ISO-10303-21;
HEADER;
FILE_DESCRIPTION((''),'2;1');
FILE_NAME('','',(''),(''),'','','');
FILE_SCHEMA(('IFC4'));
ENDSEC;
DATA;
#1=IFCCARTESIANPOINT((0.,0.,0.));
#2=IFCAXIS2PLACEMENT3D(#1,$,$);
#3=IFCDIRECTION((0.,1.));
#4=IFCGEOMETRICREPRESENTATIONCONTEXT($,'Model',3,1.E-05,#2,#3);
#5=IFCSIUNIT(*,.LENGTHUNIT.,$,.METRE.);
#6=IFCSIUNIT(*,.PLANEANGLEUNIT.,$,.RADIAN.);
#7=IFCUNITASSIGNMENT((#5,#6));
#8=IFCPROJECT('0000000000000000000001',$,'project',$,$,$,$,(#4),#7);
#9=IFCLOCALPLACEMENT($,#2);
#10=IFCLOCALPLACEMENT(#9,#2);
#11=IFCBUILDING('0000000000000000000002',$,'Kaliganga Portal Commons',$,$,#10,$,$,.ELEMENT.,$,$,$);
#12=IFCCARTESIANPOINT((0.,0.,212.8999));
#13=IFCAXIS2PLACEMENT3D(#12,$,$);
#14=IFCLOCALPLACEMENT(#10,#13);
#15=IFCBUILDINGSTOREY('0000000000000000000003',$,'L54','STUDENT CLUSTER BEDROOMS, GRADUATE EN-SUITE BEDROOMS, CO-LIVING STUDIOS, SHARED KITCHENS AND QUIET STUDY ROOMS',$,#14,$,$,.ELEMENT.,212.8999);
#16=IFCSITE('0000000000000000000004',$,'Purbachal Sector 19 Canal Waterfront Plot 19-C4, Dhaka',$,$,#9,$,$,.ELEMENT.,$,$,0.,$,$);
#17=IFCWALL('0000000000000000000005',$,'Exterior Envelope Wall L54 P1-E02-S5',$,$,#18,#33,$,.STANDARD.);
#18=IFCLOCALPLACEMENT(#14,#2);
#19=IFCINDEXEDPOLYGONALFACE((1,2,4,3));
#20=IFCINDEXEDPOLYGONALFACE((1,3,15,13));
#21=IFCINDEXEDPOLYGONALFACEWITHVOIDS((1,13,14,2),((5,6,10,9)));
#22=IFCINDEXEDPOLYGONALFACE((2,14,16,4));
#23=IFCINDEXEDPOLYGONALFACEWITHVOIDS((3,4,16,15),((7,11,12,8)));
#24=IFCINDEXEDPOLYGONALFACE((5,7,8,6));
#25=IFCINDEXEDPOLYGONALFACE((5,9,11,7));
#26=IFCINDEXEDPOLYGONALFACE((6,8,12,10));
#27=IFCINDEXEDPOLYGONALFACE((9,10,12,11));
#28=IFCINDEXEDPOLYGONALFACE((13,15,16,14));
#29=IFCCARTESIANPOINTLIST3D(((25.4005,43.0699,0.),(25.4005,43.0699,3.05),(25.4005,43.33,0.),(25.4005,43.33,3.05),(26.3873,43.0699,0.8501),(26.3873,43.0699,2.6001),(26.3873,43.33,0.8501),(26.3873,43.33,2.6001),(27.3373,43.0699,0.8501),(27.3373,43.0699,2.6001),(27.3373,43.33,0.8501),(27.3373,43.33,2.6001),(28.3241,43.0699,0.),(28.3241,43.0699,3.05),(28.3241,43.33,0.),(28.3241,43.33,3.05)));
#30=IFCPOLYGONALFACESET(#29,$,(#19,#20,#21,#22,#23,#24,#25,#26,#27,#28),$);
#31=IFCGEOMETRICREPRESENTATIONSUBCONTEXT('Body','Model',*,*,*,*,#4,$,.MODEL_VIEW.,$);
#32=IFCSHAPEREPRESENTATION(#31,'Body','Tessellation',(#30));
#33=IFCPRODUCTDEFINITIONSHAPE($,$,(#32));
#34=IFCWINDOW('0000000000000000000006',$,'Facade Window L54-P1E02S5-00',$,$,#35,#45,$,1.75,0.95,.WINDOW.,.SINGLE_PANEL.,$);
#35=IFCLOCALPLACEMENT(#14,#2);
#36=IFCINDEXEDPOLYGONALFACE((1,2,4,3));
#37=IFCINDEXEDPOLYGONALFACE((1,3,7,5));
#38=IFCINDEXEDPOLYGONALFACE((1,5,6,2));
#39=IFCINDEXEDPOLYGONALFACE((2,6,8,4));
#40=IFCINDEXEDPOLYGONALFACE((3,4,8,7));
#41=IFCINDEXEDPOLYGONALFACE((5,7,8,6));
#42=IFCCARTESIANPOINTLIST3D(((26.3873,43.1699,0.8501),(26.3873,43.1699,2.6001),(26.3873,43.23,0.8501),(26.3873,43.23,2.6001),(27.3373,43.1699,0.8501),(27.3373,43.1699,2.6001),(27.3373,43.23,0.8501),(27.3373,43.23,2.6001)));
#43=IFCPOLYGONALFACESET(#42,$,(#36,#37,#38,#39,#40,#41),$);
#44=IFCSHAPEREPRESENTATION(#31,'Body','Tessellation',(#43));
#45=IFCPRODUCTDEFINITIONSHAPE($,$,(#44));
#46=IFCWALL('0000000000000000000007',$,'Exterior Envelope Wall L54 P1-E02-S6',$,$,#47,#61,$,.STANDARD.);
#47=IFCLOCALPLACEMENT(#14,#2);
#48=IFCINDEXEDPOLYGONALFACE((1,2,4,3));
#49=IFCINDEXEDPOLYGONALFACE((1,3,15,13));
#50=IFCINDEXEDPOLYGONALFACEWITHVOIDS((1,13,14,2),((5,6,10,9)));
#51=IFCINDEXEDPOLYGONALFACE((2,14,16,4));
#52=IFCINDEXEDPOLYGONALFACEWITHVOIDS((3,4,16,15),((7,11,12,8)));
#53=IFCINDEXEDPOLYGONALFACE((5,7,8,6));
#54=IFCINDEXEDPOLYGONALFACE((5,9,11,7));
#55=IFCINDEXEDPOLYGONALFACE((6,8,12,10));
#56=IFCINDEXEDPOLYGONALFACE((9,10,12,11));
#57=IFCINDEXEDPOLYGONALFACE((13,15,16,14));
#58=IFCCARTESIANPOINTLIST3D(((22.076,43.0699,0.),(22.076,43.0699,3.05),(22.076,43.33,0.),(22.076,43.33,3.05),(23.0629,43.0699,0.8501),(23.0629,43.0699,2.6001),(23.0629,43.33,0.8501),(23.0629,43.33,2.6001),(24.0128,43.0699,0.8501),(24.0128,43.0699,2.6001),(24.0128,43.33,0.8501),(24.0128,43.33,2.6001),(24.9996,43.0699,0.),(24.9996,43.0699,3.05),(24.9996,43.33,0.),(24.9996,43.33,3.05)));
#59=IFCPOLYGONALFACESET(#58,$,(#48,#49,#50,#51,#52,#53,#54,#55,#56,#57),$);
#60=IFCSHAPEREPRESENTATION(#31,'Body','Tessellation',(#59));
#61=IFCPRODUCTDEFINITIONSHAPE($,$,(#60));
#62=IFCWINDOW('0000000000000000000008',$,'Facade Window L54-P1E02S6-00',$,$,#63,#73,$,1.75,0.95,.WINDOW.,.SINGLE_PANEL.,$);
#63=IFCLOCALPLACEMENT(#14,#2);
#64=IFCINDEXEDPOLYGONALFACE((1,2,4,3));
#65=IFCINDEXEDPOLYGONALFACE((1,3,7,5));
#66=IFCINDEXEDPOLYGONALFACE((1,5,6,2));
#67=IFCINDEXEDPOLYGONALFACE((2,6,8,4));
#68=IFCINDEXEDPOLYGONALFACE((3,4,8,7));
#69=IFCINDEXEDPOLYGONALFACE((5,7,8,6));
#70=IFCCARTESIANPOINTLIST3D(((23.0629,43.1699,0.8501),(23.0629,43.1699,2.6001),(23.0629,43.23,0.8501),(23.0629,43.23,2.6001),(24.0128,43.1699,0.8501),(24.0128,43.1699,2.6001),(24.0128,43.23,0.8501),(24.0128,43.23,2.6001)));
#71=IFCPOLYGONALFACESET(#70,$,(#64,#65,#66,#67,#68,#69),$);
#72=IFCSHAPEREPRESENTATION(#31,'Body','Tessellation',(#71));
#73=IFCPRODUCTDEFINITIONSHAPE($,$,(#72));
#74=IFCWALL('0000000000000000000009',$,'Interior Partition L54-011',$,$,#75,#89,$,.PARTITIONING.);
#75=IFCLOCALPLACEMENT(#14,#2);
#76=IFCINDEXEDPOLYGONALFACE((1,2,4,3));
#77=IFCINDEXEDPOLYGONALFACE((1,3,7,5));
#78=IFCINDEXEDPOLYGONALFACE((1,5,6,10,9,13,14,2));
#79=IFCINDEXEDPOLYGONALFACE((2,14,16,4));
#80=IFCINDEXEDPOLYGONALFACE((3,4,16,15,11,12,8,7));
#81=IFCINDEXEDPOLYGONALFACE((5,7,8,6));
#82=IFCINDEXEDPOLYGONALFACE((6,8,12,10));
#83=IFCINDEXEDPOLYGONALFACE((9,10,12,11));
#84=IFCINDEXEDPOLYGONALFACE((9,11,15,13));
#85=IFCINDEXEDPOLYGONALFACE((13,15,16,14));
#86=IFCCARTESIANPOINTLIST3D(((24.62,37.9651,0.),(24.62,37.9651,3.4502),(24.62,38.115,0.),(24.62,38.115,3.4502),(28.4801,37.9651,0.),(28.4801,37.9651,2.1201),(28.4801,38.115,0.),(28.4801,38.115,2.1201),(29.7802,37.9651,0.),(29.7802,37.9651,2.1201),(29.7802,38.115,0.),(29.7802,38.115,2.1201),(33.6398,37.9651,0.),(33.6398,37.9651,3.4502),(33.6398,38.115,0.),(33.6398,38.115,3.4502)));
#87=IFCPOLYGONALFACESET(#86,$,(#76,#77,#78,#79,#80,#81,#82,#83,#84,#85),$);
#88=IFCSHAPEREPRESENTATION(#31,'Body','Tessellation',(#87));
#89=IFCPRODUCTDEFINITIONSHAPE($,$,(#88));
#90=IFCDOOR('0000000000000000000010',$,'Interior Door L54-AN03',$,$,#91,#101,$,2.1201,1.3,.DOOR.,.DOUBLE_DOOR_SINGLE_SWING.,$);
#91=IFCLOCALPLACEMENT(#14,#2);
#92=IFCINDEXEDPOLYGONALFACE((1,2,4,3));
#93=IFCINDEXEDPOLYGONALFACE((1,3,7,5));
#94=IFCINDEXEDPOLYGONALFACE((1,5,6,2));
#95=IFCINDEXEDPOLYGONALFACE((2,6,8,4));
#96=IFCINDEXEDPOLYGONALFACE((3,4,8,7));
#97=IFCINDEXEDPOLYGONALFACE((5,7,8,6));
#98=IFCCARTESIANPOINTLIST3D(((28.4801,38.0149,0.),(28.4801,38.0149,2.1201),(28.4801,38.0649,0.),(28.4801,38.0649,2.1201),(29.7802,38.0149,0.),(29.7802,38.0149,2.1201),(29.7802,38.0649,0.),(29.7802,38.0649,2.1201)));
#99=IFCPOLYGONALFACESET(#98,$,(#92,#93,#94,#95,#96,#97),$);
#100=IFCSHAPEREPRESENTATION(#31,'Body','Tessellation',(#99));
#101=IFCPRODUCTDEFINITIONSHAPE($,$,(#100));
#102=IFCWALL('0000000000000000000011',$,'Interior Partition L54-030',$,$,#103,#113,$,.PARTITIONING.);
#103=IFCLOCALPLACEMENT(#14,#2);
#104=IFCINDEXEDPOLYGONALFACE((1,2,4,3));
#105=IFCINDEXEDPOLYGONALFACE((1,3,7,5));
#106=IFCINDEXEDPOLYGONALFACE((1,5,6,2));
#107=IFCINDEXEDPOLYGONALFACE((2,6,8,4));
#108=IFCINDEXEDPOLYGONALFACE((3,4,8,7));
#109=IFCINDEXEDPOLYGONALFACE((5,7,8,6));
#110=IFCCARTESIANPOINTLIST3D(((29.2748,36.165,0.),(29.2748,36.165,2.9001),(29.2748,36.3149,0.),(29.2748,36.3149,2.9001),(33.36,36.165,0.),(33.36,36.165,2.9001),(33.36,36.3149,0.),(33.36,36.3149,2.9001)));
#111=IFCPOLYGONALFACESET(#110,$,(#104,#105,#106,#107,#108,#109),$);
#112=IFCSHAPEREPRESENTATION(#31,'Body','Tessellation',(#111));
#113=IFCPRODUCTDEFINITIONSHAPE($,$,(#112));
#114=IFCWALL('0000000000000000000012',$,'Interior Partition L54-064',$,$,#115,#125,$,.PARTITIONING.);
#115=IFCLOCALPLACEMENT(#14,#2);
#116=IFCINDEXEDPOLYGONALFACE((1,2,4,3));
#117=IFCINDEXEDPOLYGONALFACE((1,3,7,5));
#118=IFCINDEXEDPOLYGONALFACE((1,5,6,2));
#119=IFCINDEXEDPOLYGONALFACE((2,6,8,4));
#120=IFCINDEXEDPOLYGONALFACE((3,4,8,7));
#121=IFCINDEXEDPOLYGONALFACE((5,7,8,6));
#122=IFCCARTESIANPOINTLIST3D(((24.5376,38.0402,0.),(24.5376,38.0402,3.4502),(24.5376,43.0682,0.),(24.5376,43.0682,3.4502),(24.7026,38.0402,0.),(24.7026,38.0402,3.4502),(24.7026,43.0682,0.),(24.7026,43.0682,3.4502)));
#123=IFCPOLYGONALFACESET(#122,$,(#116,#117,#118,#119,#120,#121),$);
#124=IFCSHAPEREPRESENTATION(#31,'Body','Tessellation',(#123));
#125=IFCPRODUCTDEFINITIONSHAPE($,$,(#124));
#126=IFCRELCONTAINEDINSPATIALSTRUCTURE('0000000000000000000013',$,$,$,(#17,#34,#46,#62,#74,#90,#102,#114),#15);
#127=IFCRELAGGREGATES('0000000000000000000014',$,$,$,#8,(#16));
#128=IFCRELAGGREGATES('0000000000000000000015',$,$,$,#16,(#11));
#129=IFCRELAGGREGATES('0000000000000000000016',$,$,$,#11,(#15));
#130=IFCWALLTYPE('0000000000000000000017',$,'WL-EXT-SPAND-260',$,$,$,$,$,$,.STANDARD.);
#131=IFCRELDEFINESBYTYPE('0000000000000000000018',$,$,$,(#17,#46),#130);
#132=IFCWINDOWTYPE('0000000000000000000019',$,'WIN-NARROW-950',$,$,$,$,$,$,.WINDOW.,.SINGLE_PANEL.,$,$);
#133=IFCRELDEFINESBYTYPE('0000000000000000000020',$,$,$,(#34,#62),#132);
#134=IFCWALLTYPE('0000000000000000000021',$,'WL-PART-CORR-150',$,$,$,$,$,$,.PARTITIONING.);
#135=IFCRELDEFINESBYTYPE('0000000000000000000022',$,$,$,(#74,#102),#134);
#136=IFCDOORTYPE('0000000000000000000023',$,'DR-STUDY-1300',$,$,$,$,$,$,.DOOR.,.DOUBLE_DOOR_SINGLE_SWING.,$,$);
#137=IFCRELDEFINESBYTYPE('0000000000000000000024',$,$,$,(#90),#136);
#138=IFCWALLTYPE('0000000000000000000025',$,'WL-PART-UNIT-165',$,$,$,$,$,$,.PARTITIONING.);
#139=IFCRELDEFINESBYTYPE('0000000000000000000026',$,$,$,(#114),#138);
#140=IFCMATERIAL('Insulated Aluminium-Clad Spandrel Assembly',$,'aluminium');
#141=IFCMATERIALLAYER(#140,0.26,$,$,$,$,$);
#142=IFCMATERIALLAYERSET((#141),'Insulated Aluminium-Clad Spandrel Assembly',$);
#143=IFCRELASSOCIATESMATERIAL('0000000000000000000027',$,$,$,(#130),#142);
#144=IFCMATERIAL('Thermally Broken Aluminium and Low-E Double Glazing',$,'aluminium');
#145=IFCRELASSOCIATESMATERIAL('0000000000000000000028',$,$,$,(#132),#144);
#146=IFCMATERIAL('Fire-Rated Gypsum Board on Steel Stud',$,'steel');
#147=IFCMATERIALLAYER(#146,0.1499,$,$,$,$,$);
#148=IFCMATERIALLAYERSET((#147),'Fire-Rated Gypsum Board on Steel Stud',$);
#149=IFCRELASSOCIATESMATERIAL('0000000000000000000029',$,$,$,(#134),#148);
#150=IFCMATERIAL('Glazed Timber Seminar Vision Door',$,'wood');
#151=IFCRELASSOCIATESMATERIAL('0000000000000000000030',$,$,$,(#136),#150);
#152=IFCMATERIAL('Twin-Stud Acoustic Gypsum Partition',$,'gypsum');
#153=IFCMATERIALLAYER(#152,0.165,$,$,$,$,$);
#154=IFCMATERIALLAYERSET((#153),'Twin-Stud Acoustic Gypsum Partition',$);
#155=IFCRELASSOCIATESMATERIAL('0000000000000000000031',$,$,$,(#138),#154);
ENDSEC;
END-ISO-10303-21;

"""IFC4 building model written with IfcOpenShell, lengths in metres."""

from ifc_helpers import new_model, si_unit, direction, frame, frame_2d, origin, place, context, subcontext, project, spatial, rectangle, extrude, material, layer, layer_set, type_object, element, fill, save


model = new_model("IFC4")

# Units and contexts
model_context = context("Model", 3, precision=1e-05, world=origin(), true_north=direction((0.0, 1.0)))
body_context = subcontext(model_context, "Body", "Model", "MODEL_VIEW")
ifc_project = project(units=[si_unit("LENGTHUNIT", "METRE"), si_unit("PLANEANGLEUNIT", "RADIAN")], contexts=[model_context])

# Site, building, storey
site_placement = place(None, origin())
site = spatial("IfcSite", under=ifc_project, at=site_placement, Name="Purbachal Sector 19 Canal Waterfront Plot 19-C4, Dhaka", CompositionType="ELEMENT", RefElevation=0.0)
building_placement = place(site_placement, origin())
building = spatial("IfcBuilding", under=site, at=building_placement, Name="Kaliganga Portal Commons", CompositionType="ELEMENT")
storey_placement = place(building_placement, frame((0.0, 0.0, 212.8999)))
storey = spatial("IfcBuildingStorey", under=building, at=storey_placement, Name="L54", Description="STUDENT CLUSTER BEDROOMS, GRADUATE EN-SUITE BEDROOMS, CO-LIVING STUDIOS, SHARED KITCHENS AND QUIET STUDY ROOMS", CompositionType="ELEMENT", Elevation=212.8999)

# Walls, openings, windows
ifc_material_1 = material(Name="Insulated Aluminium-Clad Spandrel Assembly", Category="aluminium")
ifc_layer_1 = layer(ifc_material_1, 0.26)
ifc_layer_set_1 = layer_set([ifc_layer_1], Name="Insulated Aluminium-Clad Spandrel Assembly")
wall_type_1 = type_object("IfcWallType", Name="WL-EXT-SPAND-260", PredefinedType="STANDARD", material=ifc_layer_set_1)
ifc_material_2 = material(Name="Thermally Broken Aluminium and Low-E Double Glazing", Category="aluminium")
window_type = type_object("IfcWindowType", Name="WIN-NARROW-950", PartitioningType="SINGLE_PANEL", PredefinedType="WINDOW", material=ifc_material_2)
wall_1_placement = place(storey_placement, frame((25.4004, 43.2, 0.0), z_axis=(0.0, 0.0, 1.0), x_axis=(1.0, 0.0, 0.0)))
wall_1 = element("IfcWall", 1, at=wall_1_placement, inside=storey, type_object=wall_type_1, Name="Exterior Envelope Wall L54 P1-E02-S5", PredefinedType="STANDARD", context=body_context, shape_type="SweptSolid", body=[
    extrude(rectangle(XDim=2.9236, YDim=0.26, at=frame_2d((1.4619, 0.0))), origin(), (0.0, 0.0, 1.0), 3.05),
])
opening_1_placement = place(wall_1_placement, frame((0.9868, 0.0, 0.8501)))
opening_1 = element("IfcOpeningElement", 2, at=opening_1_placement, cuts=wall_1, PredefinedType="OPENING", context=body_context, shape_type="SweptSolid", body=[
    extrude(rectangle(XDim=0.95, YDim=1.75, at=frame_2d((0.4751, 0.875))), frame((0.0, 0.1401, 0.0), z_axis=(0.0, -1.0, 0.0), x_axis=(1.0, 0.0, 0.0)), (0.0, 0.0, 1.0), 0.28),
])
window_1_placement = place(opening_1_placement, origin())
window_1 = element("IfcWindow", 3, at=window_1_placement, inside=storey, type_object=window_type, Name="Facade Window L54-P1E02S5-00", OverallHeight=1.75, OverallWidth=0.95, PartitioningType="SINGLE_PANEL", PredefinedType="WINDOW", context=body_context, shape_type="SweptSolid", body=[
    extrude(rectangle(XDim=0.95, YDim=1.75, at=frame_2d((0.4751, 0.875))), frame((0.0, 0.03, 0.0), z_axis=(0.0, -1.0, 0.0), x_axis=(1.0, 0.0, 0.0)), (0.0, 0.0, 1.0), 0.0601),
])
fill(opening_1, window_1)
wall_2_placement = place(storey_placement, frame((22.0759, 43.2, 0.0), z_axis=(0.0, 0.0, 1.0), x_axis=(1.0, 0.0, 0.0)))
wall_2 = element("IfcWall", 4, at=wall_2_placement, inside=storey, type_object=wall_type_1, Name="Exterior Envelope Wall L54 P1-E02-S6", PredefinedType="STANDARD", context=body_context, shape_type="SweptSolid", body=[
    extrude(rectangle(XDim=2.9236, YDim=0.26, at=frame_2d((1.4619, 0.0))), origin(), (0.0, 0.0, 1.0), 3.05),
])
opening_2_placement = place(wall_2_placement, frame((0.9868, 0.0, 0.8501)))
opening_2 = element("IfcOpeningElement", 5, at=opening_2_placement, cuts=wall_2, PredefinedType="OPENING", context=body_context, shape_type="SweptSolid", body=[
    extrude(rectangle(XDim=0.95, YDim=1.75, at=frame_2d((0.4751, 0.875))), frame((0.0, 0.1401, 0.0), z_axis=(0.0, -1.0, 0.0), x_axis=(1.0, 0.0, 0.0)), (0.0, 0.0, 1.0), 0.28),
])
window_2_placement = place(opening_2_placement, origin())
window_2 = element("IfcWindow", 6, at=window_2_placement, inside=storey, type_object=window_type, Name="Facade Window L54-P1E02S6-00", OverallHeight=1.75, OverallWidth=0.95, PartitioningType="SINGLE_PANEL", PredefinedType="WINDOW", context=body_context, shape_type="SweptSolid", body=[
    extrude(rectangle(XDim=0.95, YDim=1.75, at=frame_2d((0.4751, 0.875))), frame((0.0, 0.03, 0.0), z_axis=(0.0, -1.0, 0.0), x_axis=(1.0, 0.0, 0.0)), (0.0, 0.0, 1.0), 0.0601),
])
fill(opening_2, window_2)

# Wall, opening, door
ifc_material_3 = material(Name="Fire-Rated Gypsum Board on Steel Stud", Category="steel")
ifc_layer_2 = layer(ifc_material_3, 0.1499)
ifc_layer_set_2 = layer_set([ifc_layer_2], Name="Fire-Rated Gypsum Board on Steel Stud")
wall_type_2 = type_object("IfcWallType", Name="WL-PART-CORR-150", PredefinedType="PARTITIONING", material=ifc_layer_set_2)
wall_3_placement = place(storey_placement, frame((24.6201, 38.04, 0.0), z_axis=(0.0, 0.0, 1.0), x_axis=(1.0, 0.0, 0.0)))
wall_3 = element("IfcWall", 7, at=wall_3_placement, inside=storey, type_object=wall_type_2, Name="Interior Partition L54-011", PredefinedType="PARTITIONING", context=body_context, shape_type="SweptSolid", body=[
    extrude(rectangle(XDim=9.0198, YDim=0.1499, at=frame_2d((4.5098, 0.0))), origin(), (0.0, 0.0, 1.0), 3.4502),
])
opening_3_placement = place(wall_3_placement, frame((3.8601, 0.0, 0.0)))
opening_3 = element("IfcOpeningElement", 8, at=opening_3_placement, cuts=wall_3, PredefinedType="OPENING", context=body_context, shape_type="SweptSolid", body=[
    extrude(rectangle(XDim=1.3, YDim=2.1201, at=frame_2d((0.6499, 1.0601))), frame((0.0, 0.085, 0.0), z_axis=(0.0, -1.0, 0.0), x_axis=(1.0, 0.0, 0.0)), (0.0, 0.0, 1.0), 0.1699),
])
ifc_material_4 = material(Name="Glazed Timber Seminar Vision Door", Category="wood")
door_type = type_object("IfcDoorType", Name="DR-STUDY-1300", OperationType="DOUBLE_DOOR_SINGLE_SWING", PredefinedType="DOOR", material=ifc_material_4)
door_placement = place(opening_3_placement, origin())
door = element("IfcDoor", 9, at=door_placement, inside=storey, type_object=door_type, Name="Interior Door L54-AN03", OperationType="DOUBLE_DOOR_SINGLE_SWING", OverallHeight=2.1201, OverallWidth=1.3, PredefinedType="DOOR", context=body_context, shape_type="SweptSolid", body=[
    extrude(rectangle(XDim=1.3, YDim=2.1201, at=frame_2d((0.6499, 1.0601))), frame((0.0, 0.0249, 0.0), z_axis=(0.0, -1.0, 0.0), x_axis=(1.0, 0.0, 0.0)), (0.0, 0.0, 1.0), 0.05),
])
fill(opening_3, door)

# Walls
wall_4_placement = place(storey_placement, frame((29.2749, 36.24, 0.0), z_axis=(0.0, 0.0, 1.0), x_axis=(1.0, 0.0, 0.0)))
element("IfcWall", 10, at=wall_4_placement, inside=storey, type_object=wall_type_2, Name="Interior Partition L54-030", PredefinedType="PARTITIONING", context=body_context, shape_type="SweptSolid", body=[
    extrude(rectangle(XDim=4.0852, YDim=0.1499, at=frame_2d((2.0425, 0.0))), origin(), (0.0, 0.0, 1.0), 2.9001),
])
ifc_material_5 = material(Name="Twin-Stud Acoustic Gypsum Partition", Category="gypsum")
ifc_layer_3 = layer(ifc_material_5, 0.165)
ifc_layer_set_3 = layer_set([ifc_layer_3], Name="Twin-Stud Acoustic Gypsum Partition")
wall_type_3 = type_object("IfcWallType", Name="WL-PART-UNIT-165", PredefinedType="PARTITIONING", material=ifc_layer_set_3)
wall_5_placement = place(storey_placement, frame((24.6201, 38.04, 0.0), z_axis=(0.0, 0.0, 1.0), x_axis=(0.0, 1.0, 0.0)))
element("IfcWall", 11, at=wall_5_placement, inside=storey, type_object=wall_type_3, Name="Interior Partition L54-064", PredefinedType="PARTITIONING", context=body_context, shape_type="SweptSolid", body=[
    extrude(rectangle(XDim=5.0281, YDim=0.165, at=frame_2d((2.5142, 0.0))), origin(), (0.0, 0.0, 1.0), 3.4502),
])

save(model, "model.ifc")
